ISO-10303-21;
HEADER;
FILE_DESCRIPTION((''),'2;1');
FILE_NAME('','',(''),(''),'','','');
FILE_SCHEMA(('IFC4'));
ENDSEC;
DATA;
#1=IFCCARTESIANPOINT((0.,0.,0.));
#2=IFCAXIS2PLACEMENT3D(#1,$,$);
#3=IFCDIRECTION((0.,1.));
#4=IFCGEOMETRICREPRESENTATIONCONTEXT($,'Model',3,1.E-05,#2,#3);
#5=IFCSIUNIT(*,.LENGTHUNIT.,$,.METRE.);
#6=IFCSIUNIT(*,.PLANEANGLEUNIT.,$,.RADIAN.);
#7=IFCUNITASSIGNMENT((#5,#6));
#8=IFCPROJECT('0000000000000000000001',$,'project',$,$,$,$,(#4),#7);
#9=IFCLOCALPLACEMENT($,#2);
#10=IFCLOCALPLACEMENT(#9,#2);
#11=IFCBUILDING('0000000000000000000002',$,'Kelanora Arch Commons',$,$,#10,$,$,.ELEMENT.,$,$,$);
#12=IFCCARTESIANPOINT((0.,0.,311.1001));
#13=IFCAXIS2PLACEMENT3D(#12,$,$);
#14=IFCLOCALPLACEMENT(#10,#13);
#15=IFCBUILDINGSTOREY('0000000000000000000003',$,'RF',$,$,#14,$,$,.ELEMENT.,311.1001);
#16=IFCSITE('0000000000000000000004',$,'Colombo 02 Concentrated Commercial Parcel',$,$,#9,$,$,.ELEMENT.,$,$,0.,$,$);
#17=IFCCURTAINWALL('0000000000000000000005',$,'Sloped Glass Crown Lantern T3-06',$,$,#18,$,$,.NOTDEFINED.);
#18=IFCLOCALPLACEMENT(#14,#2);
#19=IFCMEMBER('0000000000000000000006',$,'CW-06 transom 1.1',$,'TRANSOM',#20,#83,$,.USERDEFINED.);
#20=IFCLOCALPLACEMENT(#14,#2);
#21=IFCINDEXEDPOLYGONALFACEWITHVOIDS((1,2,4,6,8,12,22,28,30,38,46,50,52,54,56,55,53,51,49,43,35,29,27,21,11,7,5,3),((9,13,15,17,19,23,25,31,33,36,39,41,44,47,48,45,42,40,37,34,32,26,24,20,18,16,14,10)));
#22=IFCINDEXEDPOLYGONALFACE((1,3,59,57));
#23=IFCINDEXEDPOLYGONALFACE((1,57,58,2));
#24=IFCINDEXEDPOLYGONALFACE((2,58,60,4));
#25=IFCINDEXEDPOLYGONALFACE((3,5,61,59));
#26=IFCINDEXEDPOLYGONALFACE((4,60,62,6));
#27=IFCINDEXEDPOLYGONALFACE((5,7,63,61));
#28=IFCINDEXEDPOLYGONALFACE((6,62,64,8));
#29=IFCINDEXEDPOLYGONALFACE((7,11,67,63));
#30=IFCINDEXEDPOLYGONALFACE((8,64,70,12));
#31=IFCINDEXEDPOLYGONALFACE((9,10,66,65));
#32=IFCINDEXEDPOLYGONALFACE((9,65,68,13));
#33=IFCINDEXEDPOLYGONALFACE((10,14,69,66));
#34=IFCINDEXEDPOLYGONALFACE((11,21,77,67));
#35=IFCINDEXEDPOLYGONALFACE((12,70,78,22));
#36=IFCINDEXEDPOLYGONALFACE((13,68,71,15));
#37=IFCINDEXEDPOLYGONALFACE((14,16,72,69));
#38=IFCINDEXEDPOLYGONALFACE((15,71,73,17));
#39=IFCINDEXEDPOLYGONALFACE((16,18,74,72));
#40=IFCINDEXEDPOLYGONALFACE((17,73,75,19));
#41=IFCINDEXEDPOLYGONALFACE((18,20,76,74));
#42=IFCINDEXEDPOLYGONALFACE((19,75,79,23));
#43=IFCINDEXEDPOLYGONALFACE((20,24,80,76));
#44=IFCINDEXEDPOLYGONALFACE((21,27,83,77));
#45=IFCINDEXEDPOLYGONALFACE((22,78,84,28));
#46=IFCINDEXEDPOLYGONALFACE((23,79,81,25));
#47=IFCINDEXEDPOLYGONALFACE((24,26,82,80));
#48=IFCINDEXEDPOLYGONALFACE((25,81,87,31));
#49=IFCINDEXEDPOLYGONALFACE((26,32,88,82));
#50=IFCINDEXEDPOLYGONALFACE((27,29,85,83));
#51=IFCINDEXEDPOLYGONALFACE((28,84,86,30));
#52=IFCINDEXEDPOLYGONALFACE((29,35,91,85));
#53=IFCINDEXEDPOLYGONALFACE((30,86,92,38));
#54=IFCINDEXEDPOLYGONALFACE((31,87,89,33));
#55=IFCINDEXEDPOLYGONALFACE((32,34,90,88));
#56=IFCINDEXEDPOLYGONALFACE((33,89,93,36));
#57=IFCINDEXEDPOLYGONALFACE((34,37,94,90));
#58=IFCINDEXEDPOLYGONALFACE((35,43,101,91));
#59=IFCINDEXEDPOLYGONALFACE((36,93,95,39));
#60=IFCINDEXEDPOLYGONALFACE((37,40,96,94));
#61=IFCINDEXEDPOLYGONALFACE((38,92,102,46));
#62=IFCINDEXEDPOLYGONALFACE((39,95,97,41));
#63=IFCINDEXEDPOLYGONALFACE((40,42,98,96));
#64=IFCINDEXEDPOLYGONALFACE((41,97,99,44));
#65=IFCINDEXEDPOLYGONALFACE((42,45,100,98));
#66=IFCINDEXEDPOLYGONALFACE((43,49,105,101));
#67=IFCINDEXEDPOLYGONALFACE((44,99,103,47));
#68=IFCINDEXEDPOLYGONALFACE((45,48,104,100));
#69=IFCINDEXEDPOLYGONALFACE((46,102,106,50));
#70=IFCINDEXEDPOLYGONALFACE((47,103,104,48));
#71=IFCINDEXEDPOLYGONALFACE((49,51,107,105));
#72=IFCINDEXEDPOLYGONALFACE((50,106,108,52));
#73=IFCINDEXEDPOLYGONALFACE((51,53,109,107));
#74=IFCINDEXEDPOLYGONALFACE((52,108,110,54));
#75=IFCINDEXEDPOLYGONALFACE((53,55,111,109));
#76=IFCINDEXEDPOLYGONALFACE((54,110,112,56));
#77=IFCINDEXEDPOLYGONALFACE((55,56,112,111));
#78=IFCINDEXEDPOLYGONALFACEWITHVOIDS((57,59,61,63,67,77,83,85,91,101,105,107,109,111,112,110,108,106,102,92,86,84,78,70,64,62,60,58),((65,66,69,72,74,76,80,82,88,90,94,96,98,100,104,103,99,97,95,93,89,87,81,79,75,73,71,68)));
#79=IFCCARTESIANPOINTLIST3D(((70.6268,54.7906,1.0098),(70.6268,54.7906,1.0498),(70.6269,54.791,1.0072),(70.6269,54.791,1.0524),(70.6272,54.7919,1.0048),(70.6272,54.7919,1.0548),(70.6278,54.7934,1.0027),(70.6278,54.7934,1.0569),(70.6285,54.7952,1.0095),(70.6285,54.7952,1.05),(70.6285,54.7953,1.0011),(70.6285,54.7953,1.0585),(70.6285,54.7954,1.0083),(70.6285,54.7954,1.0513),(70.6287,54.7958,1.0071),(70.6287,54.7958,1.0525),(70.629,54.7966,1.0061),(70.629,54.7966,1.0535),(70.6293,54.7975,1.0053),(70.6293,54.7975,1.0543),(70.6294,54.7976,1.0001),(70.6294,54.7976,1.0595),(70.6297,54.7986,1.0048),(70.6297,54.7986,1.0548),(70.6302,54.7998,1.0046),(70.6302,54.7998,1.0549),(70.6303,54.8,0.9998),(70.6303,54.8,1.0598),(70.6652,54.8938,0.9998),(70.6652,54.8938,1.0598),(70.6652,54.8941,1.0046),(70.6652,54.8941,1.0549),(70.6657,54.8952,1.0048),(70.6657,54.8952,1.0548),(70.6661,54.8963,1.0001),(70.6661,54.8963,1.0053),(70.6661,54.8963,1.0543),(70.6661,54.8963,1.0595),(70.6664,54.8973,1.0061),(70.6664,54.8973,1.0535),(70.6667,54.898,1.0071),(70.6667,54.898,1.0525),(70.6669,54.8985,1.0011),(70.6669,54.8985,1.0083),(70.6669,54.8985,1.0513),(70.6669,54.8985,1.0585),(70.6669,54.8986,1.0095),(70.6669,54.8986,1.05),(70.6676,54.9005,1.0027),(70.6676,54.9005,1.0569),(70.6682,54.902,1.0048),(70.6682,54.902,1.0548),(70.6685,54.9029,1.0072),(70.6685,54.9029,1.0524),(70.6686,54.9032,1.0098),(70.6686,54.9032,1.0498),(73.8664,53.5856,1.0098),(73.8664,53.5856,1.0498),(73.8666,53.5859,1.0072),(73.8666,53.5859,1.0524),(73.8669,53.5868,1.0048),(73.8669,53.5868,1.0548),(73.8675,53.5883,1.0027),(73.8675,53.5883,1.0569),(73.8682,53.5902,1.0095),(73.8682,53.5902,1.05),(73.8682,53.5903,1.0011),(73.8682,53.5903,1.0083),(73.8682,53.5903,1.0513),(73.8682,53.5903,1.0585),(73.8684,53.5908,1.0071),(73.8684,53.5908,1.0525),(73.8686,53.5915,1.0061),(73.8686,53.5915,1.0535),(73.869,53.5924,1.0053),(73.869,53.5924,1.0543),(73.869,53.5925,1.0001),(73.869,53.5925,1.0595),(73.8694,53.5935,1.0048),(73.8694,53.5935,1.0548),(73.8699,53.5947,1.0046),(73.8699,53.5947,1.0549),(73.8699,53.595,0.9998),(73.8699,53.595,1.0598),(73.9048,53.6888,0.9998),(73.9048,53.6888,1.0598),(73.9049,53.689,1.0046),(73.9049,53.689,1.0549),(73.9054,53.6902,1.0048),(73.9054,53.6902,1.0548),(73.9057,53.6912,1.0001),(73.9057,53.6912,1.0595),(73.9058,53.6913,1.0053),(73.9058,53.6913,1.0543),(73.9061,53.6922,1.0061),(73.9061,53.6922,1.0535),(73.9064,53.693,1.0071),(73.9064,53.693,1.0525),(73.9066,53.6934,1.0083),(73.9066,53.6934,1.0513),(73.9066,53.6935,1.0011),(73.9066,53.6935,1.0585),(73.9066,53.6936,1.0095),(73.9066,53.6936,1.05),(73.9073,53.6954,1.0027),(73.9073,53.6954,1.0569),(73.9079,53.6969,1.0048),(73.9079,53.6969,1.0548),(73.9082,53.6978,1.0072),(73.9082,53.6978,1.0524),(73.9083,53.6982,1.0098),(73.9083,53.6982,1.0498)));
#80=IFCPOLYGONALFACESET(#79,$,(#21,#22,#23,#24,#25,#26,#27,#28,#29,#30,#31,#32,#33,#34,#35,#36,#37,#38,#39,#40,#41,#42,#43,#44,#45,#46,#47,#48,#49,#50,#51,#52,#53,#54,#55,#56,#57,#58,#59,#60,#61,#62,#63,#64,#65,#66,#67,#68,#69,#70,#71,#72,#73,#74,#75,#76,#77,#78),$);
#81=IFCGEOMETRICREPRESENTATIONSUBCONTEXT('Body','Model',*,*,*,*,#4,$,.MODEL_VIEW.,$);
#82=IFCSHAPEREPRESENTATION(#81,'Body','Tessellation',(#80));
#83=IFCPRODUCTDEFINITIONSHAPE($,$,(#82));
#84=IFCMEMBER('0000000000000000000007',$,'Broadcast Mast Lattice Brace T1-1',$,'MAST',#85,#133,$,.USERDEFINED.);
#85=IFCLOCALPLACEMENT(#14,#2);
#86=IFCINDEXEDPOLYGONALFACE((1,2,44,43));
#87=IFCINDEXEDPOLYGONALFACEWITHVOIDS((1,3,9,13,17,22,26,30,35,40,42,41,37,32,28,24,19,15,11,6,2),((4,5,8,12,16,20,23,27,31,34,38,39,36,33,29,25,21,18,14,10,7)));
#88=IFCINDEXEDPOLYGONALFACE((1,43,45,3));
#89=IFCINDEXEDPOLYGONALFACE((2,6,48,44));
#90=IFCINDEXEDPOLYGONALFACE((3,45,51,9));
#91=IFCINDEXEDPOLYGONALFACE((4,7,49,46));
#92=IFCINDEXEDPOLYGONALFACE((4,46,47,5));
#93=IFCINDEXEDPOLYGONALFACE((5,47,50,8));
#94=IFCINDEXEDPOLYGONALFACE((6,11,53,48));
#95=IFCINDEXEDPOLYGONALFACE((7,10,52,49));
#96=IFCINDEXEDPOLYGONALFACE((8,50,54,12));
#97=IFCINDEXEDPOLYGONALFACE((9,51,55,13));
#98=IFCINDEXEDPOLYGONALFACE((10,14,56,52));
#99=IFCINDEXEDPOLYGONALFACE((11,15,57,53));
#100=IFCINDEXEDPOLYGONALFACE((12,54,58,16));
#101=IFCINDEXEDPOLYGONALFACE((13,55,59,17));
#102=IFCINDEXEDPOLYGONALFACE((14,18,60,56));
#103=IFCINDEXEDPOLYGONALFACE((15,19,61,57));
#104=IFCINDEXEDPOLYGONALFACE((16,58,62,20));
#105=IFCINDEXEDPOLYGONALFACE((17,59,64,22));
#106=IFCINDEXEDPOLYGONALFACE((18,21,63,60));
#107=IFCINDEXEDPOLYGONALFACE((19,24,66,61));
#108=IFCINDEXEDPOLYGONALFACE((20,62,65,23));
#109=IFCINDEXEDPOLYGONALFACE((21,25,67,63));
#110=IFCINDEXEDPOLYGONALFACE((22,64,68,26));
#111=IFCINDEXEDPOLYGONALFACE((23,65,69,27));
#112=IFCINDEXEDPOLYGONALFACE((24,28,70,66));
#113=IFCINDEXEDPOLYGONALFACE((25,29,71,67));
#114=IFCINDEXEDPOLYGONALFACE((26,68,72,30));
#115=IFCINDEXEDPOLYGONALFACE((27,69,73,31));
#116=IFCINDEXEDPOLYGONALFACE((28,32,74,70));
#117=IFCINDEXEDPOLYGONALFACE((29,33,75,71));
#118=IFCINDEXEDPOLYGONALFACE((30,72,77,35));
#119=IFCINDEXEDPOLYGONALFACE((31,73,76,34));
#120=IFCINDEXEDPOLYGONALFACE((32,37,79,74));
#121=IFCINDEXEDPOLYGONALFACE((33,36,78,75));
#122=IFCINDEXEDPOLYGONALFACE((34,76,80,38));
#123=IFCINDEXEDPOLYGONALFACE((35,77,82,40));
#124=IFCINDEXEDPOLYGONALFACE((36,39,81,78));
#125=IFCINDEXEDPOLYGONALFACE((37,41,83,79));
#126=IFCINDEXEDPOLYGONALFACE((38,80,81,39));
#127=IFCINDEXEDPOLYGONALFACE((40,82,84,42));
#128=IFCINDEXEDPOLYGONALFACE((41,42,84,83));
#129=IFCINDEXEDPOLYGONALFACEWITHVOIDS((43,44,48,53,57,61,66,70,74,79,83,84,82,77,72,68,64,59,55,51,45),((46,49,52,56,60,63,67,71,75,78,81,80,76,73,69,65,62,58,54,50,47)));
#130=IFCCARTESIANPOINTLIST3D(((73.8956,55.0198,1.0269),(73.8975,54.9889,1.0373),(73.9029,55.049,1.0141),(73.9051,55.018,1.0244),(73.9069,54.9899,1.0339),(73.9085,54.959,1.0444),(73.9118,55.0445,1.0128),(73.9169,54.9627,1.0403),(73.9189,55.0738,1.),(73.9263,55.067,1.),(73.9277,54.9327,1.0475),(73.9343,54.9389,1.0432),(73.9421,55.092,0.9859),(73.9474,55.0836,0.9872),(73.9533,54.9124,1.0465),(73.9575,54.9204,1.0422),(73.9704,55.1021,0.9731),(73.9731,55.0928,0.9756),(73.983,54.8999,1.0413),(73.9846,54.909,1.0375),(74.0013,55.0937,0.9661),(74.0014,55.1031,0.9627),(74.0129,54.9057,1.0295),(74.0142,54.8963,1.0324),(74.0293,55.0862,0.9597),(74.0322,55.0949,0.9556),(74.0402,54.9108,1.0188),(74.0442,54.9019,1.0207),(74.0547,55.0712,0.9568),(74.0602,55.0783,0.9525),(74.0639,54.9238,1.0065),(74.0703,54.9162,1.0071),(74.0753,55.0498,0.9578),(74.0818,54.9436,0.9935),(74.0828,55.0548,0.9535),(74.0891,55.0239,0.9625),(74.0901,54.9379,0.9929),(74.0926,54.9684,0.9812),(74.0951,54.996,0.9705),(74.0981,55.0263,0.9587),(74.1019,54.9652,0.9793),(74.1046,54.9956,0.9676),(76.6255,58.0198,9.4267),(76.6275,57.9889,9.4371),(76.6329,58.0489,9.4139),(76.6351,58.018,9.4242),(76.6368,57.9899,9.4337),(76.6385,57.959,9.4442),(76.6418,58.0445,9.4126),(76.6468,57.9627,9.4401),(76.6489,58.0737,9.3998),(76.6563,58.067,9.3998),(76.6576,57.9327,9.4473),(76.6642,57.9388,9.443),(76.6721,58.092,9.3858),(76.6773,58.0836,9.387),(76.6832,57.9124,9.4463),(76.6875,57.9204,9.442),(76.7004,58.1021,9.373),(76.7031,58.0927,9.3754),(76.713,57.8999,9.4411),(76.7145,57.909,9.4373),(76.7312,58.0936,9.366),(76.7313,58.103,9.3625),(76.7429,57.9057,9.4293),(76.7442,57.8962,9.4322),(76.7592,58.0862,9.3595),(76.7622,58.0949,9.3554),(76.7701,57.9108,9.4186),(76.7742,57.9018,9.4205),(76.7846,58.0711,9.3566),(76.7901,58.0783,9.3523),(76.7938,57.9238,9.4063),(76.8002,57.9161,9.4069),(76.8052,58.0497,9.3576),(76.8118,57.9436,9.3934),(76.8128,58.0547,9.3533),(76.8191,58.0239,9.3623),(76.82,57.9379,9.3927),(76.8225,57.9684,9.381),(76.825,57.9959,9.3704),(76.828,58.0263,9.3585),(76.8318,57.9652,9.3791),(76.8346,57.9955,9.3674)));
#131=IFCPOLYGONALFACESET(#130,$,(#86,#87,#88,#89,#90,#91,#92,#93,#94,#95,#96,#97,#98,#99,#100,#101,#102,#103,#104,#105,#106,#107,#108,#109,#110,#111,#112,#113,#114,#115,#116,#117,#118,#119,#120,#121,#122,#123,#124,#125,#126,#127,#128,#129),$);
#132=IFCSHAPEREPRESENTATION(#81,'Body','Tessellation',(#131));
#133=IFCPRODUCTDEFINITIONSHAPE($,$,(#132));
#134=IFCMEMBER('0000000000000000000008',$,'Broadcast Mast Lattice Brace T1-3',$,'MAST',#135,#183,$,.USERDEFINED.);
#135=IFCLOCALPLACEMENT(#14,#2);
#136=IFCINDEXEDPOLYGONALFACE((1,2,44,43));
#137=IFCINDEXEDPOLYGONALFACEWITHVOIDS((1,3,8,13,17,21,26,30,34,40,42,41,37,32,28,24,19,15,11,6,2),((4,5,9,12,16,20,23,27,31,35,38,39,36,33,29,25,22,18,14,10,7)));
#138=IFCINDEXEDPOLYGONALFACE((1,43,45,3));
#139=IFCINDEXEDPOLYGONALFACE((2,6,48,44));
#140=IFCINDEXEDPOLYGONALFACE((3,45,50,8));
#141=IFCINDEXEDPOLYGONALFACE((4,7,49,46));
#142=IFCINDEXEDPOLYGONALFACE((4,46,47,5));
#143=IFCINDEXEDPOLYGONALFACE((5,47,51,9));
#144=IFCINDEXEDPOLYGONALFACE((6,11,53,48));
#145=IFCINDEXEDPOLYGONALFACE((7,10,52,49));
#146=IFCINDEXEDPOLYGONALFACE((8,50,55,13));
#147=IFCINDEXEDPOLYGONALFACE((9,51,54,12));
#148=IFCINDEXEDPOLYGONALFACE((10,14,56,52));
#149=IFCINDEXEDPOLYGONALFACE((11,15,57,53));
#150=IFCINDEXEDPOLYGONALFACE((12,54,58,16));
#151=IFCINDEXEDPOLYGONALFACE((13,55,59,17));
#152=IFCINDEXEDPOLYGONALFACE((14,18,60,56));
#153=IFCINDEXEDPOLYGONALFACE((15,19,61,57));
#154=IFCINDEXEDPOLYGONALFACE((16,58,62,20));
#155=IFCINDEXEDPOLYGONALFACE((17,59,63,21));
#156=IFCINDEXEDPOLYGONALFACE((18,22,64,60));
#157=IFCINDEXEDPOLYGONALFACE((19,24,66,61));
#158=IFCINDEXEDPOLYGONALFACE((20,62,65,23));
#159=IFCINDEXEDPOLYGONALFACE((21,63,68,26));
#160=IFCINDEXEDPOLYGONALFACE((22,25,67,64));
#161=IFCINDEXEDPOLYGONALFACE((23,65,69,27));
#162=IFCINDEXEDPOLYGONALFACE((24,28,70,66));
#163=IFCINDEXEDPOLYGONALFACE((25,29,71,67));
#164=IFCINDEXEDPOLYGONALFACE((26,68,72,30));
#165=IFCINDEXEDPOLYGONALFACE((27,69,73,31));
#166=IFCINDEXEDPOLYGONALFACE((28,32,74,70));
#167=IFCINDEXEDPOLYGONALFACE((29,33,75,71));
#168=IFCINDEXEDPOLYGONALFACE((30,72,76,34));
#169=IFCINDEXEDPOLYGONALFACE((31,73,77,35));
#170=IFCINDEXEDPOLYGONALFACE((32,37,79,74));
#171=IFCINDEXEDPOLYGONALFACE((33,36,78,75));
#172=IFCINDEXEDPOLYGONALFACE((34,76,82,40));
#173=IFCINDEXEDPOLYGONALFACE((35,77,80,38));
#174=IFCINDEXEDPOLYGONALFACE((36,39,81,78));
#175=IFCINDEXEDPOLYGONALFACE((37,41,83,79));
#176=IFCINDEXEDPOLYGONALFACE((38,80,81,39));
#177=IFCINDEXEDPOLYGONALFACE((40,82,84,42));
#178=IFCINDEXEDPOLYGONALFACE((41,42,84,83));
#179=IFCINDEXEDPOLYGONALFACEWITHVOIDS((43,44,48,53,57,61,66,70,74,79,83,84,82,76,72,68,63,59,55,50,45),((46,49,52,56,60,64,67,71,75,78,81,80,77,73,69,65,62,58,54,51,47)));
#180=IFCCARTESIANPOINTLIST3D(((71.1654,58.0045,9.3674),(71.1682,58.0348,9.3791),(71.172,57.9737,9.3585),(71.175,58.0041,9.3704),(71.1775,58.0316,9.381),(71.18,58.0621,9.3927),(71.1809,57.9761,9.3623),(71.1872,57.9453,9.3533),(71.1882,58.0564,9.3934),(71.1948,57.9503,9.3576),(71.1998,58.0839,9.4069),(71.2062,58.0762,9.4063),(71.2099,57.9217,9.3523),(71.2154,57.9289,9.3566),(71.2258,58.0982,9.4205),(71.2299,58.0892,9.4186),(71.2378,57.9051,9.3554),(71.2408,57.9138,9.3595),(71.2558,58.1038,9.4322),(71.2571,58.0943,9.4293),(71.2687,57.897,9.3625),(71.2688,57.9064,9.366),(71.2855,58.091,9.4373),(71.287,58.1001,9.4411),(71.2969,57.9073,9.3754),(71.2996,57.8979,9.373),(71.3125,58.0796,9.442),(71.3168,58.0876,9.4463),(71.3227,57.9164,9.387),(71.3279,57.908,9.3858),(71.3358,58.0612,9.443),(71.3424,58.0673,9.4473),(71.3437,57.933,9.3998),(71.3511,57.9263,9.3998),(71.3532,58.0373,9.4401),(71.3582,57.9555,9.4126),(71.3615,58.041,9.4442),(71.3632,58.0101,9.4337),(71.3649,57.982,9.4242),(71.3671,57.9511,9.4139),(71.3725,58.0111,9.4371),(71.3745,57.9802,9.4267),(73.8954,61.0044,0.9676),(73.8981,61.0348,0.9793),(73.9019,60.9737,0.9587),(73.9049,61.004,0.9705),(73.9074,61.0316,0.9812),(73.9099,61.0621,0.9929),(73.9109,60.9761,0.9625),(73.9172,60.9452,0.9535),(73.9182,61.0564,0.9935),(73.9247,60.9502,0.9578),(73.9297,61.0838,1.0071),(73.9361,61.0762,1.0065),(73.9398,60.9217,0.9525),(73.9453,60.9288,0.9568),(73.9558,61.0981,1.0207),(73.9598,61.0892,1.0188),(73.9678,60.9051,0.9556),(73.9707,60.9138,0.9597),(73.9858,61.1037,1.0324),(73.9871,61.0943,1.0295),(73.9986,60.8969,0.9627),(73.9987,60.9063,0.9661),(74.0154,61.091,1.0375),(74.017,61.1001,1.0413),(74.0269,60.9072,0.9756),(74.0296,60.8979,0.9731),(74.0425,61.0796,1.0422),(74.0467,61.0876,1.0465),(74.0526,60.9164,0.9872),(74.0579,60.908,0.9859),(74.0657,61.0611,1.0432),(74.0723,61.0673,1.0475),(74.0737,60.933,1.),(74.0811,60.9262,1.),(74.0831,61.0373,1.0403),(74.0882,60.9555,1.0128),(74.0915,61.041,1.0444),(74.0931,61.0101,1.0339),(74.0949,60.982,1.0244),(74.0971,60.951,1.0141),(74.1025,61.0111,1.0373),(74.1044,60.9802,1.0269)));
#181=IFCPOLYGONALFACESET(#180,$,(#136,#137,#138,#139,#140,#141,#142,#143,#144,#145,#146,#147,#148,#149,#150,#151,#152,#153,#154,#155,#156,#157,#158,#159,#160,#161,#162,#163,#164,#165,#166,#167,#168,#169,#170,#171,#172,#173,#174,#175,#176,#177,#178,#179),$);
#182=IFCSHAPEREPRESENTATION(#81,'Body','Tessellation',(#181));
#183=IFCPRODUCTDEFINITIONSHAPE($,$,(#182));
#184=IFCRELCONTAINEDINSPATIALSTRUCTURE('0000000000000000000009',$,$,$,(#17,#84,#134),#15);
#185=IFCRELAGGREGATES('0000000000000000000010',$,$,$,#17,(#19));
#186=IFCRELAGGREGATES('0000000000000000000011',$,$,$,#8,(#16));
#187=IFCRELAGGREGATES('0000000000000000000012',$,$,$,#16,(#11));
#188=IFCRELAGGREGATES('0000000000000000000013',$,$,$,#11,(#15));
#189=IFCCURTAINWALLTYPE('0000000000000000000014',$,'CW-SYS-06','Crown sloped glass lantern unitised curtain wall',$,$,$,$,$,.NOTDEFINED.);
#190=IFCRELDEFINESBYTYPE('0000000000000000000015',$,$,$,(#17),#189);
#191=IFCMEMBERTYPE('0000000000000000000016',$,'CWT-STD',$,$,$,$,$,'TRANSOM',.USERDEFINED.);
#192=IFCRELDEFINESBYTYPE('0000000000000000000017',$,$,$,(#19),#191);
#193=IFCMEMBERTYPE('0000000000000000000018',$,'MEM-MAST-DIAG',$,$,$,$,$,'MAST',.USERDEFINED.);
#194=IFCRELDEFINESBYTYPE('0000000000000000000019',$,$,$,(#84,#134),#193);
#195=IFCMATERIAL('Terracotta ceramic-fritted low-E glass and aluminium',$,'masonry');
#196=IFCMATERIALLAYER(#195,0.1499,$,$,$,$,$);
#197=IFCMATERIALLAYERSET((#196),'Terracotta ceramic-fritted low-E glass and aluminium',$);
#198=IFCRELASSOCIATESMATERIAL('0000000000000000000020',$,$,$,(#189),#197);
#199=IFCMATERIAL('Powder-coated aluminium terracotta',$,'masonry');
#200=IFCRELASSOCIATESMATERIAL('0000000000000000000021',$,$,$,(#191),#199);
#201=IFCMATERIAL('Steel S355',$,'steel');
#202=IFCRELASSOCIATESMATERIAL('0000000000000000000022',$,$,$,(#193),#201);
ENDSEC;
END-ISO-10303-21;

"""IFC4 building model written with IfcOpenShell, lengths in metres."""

from ifc_helpers import new_model, si_unit, direction, frame, origin, origin_2d, place, context, subcontext, project, spatial, hollow_rectangle, hollow_circle, extrude, material, layer, layer_set, material_profile, profile_set, type_object, element, aggregate, save


model = new_model("IFC4")

# Units and contexts
model_context = context("Model", 3, precision=1e-05, world=origin(), true_north=direction((0.0, 1.0)))
body_context = subcontext(model_context, "Body", "Model", "MODEL_VIEW")
ifc_project = project(units=[si_unit("LENGTHUNIT", "METRE"), si_unit("PLANEANGLEUNIT", "RADIAN")], contexts=[model_context])

# Site, building, storey
site_placement = place(None, origin())
site = spatial("IfcSite", under=ifc_project, at=site_placement, Name="Colombo 02 Concentrated Commercial Parcel", CompositionType="ELEMENT", RefElevation=0.0)
building_placement = place(site_placement, origin())
building = spatial("IfcBuilding", under=site, at=building_placement, Name="Kelanora Arch Commons", CompositionType="ELEMENT")
storey_placement = place(building_placement, frame((0.0, 0.0, 311.1001)))
storey = spatial("IfcBuildingStorey", under=building, at=storey_placement, Name="RF", CompositionType="ELEMENT", Elevation=311.1001)

# Curtain wall
ifc_material_1 = material(Name="Terracotta ceramic-fritted low-E glass and aluminium", Category="masonry")
ifc_layer_1 = layer(ifc_material_1, 0.1499)
ifc_layer_set_1 = layer_set([ifc_layer_1], Name="Terracotta ceramic-fritted low-E glass and aluminium")
curtain_wall_type = type_object("IfcCurtainWallType", Name="CW-SYS-06", Description="Crown sloped glass lantern unitised curtain wall", PredefinedType="NOTDEFINED", material=ifc_layer_set_1)
ifc_material_2 = material(Name="Powder-coated aluminium terracotta", Category="masonry")
curtain_wall_1_placement = place(storey_placement, origin())
curtain_wall_1 = element("IfcCurtainWall", 1, at=curtain_wall_1_placement, inside=storey, type_object=curtain_wall_type, Name="Sloped Glass Crown Lantern T3-06", PredefinedType="NOTDEFINED")

# Shared definitions
ifc_material_profile_1 = material_profile(ifc_material_2, hollow_rectangle(XDim=0.1201, YDim=0.0601, WallThickness=0.0049, InnerFilletRadius=0.0049, OuterFilletRadius=0.01, at=origin_2d()), Name="CWT120x60")
ifc_profile_set_1 = profile_set([ifc_material_profile_1], Name="Powder-coated aluminium terracotta")
member_type_1 = type_object("IfcMemberType", Name="CWT-STD", ElementType="TRANSOM", PredefinedType="USERDEFINED", material=ifc_profile_set_1)

# Member
member_1_placement = place(storey_placement, frame((70.6477, 54.8469, 1.0298), z_axis=(0.93726, -0.34863, 0.0), x_axis=(0.34863, 0.93726, 0.0)))
member_1 = element("IfcMember", 2, at=member_1_placement, type_object=member_type_1, Name="CW-06 transom 1.1", ObjectType="TRANSOM", PredefinedType="USERDEFINED", context=body_context, shape_type="SweptSolid", body=[
    extrude(hollow_rectangle(XDim=0.1201, YDim=0.0601, WallThickness=0.0049, InnerFilletRadius=0.0049, OuterFilletRadius=0.01, at=origin_2d()), origin(), (0.0, 0.0, 1.0), 3.4565),
])

# Members
ifc_material_3 = material(Name="Steel S355", Category="steel")
ifc_material_profile_2 = material_profile(ifc_material_3, hollow_circle(Radius=0.1096, WallThickness=0.01, at=origin_2d()), Name="CHS219.1x10")
ifc_profile_set_2 = profile_set([ifc_material_profile_2], Name="Steel S355")
member_type_2 = type_object("IfcMemberType", Name="MEM-MAST-DIAG", ElementType="MAST", PredefinedType="USERDEFINED", material=ifc_profile_set_2)
for number, where, z_axis, x_axis, name in (
    (3, (74.0, 55.0, 1.0), (0.292666, 0.321613, 0.900506), (-0.739608, 0.673038, 0.0), "Broadcast Mast Lattice Brace T1-1"),
    (4, (74.0, 61.0, 1.0), (-0.292666, -0.321613, 0.900506), (0.739608, -0.673038, 0.0), "Broadcast Mast Lattice Brace T1-3"),
):
    element("IfcMember", number, at=place(storey_placement, frame(where, z_axis=z_axis, x_axis=x_axis)), inside=storey, type_object=member_type_2, Name=name, ObjectType="MAST", PredefinedType="USERDEFINED", context=body_context, shape_type="SweptSolid", body=[
        extrude(hollow_circle(Radius=0.1096, WallThickness=0.01, at=origin_2d()), origin(), (0.0, 0.0, 1.0), 9.3279),
    ])

aggregate(curtain_wall_1, [member_1])

save(model, "model.ifc")
